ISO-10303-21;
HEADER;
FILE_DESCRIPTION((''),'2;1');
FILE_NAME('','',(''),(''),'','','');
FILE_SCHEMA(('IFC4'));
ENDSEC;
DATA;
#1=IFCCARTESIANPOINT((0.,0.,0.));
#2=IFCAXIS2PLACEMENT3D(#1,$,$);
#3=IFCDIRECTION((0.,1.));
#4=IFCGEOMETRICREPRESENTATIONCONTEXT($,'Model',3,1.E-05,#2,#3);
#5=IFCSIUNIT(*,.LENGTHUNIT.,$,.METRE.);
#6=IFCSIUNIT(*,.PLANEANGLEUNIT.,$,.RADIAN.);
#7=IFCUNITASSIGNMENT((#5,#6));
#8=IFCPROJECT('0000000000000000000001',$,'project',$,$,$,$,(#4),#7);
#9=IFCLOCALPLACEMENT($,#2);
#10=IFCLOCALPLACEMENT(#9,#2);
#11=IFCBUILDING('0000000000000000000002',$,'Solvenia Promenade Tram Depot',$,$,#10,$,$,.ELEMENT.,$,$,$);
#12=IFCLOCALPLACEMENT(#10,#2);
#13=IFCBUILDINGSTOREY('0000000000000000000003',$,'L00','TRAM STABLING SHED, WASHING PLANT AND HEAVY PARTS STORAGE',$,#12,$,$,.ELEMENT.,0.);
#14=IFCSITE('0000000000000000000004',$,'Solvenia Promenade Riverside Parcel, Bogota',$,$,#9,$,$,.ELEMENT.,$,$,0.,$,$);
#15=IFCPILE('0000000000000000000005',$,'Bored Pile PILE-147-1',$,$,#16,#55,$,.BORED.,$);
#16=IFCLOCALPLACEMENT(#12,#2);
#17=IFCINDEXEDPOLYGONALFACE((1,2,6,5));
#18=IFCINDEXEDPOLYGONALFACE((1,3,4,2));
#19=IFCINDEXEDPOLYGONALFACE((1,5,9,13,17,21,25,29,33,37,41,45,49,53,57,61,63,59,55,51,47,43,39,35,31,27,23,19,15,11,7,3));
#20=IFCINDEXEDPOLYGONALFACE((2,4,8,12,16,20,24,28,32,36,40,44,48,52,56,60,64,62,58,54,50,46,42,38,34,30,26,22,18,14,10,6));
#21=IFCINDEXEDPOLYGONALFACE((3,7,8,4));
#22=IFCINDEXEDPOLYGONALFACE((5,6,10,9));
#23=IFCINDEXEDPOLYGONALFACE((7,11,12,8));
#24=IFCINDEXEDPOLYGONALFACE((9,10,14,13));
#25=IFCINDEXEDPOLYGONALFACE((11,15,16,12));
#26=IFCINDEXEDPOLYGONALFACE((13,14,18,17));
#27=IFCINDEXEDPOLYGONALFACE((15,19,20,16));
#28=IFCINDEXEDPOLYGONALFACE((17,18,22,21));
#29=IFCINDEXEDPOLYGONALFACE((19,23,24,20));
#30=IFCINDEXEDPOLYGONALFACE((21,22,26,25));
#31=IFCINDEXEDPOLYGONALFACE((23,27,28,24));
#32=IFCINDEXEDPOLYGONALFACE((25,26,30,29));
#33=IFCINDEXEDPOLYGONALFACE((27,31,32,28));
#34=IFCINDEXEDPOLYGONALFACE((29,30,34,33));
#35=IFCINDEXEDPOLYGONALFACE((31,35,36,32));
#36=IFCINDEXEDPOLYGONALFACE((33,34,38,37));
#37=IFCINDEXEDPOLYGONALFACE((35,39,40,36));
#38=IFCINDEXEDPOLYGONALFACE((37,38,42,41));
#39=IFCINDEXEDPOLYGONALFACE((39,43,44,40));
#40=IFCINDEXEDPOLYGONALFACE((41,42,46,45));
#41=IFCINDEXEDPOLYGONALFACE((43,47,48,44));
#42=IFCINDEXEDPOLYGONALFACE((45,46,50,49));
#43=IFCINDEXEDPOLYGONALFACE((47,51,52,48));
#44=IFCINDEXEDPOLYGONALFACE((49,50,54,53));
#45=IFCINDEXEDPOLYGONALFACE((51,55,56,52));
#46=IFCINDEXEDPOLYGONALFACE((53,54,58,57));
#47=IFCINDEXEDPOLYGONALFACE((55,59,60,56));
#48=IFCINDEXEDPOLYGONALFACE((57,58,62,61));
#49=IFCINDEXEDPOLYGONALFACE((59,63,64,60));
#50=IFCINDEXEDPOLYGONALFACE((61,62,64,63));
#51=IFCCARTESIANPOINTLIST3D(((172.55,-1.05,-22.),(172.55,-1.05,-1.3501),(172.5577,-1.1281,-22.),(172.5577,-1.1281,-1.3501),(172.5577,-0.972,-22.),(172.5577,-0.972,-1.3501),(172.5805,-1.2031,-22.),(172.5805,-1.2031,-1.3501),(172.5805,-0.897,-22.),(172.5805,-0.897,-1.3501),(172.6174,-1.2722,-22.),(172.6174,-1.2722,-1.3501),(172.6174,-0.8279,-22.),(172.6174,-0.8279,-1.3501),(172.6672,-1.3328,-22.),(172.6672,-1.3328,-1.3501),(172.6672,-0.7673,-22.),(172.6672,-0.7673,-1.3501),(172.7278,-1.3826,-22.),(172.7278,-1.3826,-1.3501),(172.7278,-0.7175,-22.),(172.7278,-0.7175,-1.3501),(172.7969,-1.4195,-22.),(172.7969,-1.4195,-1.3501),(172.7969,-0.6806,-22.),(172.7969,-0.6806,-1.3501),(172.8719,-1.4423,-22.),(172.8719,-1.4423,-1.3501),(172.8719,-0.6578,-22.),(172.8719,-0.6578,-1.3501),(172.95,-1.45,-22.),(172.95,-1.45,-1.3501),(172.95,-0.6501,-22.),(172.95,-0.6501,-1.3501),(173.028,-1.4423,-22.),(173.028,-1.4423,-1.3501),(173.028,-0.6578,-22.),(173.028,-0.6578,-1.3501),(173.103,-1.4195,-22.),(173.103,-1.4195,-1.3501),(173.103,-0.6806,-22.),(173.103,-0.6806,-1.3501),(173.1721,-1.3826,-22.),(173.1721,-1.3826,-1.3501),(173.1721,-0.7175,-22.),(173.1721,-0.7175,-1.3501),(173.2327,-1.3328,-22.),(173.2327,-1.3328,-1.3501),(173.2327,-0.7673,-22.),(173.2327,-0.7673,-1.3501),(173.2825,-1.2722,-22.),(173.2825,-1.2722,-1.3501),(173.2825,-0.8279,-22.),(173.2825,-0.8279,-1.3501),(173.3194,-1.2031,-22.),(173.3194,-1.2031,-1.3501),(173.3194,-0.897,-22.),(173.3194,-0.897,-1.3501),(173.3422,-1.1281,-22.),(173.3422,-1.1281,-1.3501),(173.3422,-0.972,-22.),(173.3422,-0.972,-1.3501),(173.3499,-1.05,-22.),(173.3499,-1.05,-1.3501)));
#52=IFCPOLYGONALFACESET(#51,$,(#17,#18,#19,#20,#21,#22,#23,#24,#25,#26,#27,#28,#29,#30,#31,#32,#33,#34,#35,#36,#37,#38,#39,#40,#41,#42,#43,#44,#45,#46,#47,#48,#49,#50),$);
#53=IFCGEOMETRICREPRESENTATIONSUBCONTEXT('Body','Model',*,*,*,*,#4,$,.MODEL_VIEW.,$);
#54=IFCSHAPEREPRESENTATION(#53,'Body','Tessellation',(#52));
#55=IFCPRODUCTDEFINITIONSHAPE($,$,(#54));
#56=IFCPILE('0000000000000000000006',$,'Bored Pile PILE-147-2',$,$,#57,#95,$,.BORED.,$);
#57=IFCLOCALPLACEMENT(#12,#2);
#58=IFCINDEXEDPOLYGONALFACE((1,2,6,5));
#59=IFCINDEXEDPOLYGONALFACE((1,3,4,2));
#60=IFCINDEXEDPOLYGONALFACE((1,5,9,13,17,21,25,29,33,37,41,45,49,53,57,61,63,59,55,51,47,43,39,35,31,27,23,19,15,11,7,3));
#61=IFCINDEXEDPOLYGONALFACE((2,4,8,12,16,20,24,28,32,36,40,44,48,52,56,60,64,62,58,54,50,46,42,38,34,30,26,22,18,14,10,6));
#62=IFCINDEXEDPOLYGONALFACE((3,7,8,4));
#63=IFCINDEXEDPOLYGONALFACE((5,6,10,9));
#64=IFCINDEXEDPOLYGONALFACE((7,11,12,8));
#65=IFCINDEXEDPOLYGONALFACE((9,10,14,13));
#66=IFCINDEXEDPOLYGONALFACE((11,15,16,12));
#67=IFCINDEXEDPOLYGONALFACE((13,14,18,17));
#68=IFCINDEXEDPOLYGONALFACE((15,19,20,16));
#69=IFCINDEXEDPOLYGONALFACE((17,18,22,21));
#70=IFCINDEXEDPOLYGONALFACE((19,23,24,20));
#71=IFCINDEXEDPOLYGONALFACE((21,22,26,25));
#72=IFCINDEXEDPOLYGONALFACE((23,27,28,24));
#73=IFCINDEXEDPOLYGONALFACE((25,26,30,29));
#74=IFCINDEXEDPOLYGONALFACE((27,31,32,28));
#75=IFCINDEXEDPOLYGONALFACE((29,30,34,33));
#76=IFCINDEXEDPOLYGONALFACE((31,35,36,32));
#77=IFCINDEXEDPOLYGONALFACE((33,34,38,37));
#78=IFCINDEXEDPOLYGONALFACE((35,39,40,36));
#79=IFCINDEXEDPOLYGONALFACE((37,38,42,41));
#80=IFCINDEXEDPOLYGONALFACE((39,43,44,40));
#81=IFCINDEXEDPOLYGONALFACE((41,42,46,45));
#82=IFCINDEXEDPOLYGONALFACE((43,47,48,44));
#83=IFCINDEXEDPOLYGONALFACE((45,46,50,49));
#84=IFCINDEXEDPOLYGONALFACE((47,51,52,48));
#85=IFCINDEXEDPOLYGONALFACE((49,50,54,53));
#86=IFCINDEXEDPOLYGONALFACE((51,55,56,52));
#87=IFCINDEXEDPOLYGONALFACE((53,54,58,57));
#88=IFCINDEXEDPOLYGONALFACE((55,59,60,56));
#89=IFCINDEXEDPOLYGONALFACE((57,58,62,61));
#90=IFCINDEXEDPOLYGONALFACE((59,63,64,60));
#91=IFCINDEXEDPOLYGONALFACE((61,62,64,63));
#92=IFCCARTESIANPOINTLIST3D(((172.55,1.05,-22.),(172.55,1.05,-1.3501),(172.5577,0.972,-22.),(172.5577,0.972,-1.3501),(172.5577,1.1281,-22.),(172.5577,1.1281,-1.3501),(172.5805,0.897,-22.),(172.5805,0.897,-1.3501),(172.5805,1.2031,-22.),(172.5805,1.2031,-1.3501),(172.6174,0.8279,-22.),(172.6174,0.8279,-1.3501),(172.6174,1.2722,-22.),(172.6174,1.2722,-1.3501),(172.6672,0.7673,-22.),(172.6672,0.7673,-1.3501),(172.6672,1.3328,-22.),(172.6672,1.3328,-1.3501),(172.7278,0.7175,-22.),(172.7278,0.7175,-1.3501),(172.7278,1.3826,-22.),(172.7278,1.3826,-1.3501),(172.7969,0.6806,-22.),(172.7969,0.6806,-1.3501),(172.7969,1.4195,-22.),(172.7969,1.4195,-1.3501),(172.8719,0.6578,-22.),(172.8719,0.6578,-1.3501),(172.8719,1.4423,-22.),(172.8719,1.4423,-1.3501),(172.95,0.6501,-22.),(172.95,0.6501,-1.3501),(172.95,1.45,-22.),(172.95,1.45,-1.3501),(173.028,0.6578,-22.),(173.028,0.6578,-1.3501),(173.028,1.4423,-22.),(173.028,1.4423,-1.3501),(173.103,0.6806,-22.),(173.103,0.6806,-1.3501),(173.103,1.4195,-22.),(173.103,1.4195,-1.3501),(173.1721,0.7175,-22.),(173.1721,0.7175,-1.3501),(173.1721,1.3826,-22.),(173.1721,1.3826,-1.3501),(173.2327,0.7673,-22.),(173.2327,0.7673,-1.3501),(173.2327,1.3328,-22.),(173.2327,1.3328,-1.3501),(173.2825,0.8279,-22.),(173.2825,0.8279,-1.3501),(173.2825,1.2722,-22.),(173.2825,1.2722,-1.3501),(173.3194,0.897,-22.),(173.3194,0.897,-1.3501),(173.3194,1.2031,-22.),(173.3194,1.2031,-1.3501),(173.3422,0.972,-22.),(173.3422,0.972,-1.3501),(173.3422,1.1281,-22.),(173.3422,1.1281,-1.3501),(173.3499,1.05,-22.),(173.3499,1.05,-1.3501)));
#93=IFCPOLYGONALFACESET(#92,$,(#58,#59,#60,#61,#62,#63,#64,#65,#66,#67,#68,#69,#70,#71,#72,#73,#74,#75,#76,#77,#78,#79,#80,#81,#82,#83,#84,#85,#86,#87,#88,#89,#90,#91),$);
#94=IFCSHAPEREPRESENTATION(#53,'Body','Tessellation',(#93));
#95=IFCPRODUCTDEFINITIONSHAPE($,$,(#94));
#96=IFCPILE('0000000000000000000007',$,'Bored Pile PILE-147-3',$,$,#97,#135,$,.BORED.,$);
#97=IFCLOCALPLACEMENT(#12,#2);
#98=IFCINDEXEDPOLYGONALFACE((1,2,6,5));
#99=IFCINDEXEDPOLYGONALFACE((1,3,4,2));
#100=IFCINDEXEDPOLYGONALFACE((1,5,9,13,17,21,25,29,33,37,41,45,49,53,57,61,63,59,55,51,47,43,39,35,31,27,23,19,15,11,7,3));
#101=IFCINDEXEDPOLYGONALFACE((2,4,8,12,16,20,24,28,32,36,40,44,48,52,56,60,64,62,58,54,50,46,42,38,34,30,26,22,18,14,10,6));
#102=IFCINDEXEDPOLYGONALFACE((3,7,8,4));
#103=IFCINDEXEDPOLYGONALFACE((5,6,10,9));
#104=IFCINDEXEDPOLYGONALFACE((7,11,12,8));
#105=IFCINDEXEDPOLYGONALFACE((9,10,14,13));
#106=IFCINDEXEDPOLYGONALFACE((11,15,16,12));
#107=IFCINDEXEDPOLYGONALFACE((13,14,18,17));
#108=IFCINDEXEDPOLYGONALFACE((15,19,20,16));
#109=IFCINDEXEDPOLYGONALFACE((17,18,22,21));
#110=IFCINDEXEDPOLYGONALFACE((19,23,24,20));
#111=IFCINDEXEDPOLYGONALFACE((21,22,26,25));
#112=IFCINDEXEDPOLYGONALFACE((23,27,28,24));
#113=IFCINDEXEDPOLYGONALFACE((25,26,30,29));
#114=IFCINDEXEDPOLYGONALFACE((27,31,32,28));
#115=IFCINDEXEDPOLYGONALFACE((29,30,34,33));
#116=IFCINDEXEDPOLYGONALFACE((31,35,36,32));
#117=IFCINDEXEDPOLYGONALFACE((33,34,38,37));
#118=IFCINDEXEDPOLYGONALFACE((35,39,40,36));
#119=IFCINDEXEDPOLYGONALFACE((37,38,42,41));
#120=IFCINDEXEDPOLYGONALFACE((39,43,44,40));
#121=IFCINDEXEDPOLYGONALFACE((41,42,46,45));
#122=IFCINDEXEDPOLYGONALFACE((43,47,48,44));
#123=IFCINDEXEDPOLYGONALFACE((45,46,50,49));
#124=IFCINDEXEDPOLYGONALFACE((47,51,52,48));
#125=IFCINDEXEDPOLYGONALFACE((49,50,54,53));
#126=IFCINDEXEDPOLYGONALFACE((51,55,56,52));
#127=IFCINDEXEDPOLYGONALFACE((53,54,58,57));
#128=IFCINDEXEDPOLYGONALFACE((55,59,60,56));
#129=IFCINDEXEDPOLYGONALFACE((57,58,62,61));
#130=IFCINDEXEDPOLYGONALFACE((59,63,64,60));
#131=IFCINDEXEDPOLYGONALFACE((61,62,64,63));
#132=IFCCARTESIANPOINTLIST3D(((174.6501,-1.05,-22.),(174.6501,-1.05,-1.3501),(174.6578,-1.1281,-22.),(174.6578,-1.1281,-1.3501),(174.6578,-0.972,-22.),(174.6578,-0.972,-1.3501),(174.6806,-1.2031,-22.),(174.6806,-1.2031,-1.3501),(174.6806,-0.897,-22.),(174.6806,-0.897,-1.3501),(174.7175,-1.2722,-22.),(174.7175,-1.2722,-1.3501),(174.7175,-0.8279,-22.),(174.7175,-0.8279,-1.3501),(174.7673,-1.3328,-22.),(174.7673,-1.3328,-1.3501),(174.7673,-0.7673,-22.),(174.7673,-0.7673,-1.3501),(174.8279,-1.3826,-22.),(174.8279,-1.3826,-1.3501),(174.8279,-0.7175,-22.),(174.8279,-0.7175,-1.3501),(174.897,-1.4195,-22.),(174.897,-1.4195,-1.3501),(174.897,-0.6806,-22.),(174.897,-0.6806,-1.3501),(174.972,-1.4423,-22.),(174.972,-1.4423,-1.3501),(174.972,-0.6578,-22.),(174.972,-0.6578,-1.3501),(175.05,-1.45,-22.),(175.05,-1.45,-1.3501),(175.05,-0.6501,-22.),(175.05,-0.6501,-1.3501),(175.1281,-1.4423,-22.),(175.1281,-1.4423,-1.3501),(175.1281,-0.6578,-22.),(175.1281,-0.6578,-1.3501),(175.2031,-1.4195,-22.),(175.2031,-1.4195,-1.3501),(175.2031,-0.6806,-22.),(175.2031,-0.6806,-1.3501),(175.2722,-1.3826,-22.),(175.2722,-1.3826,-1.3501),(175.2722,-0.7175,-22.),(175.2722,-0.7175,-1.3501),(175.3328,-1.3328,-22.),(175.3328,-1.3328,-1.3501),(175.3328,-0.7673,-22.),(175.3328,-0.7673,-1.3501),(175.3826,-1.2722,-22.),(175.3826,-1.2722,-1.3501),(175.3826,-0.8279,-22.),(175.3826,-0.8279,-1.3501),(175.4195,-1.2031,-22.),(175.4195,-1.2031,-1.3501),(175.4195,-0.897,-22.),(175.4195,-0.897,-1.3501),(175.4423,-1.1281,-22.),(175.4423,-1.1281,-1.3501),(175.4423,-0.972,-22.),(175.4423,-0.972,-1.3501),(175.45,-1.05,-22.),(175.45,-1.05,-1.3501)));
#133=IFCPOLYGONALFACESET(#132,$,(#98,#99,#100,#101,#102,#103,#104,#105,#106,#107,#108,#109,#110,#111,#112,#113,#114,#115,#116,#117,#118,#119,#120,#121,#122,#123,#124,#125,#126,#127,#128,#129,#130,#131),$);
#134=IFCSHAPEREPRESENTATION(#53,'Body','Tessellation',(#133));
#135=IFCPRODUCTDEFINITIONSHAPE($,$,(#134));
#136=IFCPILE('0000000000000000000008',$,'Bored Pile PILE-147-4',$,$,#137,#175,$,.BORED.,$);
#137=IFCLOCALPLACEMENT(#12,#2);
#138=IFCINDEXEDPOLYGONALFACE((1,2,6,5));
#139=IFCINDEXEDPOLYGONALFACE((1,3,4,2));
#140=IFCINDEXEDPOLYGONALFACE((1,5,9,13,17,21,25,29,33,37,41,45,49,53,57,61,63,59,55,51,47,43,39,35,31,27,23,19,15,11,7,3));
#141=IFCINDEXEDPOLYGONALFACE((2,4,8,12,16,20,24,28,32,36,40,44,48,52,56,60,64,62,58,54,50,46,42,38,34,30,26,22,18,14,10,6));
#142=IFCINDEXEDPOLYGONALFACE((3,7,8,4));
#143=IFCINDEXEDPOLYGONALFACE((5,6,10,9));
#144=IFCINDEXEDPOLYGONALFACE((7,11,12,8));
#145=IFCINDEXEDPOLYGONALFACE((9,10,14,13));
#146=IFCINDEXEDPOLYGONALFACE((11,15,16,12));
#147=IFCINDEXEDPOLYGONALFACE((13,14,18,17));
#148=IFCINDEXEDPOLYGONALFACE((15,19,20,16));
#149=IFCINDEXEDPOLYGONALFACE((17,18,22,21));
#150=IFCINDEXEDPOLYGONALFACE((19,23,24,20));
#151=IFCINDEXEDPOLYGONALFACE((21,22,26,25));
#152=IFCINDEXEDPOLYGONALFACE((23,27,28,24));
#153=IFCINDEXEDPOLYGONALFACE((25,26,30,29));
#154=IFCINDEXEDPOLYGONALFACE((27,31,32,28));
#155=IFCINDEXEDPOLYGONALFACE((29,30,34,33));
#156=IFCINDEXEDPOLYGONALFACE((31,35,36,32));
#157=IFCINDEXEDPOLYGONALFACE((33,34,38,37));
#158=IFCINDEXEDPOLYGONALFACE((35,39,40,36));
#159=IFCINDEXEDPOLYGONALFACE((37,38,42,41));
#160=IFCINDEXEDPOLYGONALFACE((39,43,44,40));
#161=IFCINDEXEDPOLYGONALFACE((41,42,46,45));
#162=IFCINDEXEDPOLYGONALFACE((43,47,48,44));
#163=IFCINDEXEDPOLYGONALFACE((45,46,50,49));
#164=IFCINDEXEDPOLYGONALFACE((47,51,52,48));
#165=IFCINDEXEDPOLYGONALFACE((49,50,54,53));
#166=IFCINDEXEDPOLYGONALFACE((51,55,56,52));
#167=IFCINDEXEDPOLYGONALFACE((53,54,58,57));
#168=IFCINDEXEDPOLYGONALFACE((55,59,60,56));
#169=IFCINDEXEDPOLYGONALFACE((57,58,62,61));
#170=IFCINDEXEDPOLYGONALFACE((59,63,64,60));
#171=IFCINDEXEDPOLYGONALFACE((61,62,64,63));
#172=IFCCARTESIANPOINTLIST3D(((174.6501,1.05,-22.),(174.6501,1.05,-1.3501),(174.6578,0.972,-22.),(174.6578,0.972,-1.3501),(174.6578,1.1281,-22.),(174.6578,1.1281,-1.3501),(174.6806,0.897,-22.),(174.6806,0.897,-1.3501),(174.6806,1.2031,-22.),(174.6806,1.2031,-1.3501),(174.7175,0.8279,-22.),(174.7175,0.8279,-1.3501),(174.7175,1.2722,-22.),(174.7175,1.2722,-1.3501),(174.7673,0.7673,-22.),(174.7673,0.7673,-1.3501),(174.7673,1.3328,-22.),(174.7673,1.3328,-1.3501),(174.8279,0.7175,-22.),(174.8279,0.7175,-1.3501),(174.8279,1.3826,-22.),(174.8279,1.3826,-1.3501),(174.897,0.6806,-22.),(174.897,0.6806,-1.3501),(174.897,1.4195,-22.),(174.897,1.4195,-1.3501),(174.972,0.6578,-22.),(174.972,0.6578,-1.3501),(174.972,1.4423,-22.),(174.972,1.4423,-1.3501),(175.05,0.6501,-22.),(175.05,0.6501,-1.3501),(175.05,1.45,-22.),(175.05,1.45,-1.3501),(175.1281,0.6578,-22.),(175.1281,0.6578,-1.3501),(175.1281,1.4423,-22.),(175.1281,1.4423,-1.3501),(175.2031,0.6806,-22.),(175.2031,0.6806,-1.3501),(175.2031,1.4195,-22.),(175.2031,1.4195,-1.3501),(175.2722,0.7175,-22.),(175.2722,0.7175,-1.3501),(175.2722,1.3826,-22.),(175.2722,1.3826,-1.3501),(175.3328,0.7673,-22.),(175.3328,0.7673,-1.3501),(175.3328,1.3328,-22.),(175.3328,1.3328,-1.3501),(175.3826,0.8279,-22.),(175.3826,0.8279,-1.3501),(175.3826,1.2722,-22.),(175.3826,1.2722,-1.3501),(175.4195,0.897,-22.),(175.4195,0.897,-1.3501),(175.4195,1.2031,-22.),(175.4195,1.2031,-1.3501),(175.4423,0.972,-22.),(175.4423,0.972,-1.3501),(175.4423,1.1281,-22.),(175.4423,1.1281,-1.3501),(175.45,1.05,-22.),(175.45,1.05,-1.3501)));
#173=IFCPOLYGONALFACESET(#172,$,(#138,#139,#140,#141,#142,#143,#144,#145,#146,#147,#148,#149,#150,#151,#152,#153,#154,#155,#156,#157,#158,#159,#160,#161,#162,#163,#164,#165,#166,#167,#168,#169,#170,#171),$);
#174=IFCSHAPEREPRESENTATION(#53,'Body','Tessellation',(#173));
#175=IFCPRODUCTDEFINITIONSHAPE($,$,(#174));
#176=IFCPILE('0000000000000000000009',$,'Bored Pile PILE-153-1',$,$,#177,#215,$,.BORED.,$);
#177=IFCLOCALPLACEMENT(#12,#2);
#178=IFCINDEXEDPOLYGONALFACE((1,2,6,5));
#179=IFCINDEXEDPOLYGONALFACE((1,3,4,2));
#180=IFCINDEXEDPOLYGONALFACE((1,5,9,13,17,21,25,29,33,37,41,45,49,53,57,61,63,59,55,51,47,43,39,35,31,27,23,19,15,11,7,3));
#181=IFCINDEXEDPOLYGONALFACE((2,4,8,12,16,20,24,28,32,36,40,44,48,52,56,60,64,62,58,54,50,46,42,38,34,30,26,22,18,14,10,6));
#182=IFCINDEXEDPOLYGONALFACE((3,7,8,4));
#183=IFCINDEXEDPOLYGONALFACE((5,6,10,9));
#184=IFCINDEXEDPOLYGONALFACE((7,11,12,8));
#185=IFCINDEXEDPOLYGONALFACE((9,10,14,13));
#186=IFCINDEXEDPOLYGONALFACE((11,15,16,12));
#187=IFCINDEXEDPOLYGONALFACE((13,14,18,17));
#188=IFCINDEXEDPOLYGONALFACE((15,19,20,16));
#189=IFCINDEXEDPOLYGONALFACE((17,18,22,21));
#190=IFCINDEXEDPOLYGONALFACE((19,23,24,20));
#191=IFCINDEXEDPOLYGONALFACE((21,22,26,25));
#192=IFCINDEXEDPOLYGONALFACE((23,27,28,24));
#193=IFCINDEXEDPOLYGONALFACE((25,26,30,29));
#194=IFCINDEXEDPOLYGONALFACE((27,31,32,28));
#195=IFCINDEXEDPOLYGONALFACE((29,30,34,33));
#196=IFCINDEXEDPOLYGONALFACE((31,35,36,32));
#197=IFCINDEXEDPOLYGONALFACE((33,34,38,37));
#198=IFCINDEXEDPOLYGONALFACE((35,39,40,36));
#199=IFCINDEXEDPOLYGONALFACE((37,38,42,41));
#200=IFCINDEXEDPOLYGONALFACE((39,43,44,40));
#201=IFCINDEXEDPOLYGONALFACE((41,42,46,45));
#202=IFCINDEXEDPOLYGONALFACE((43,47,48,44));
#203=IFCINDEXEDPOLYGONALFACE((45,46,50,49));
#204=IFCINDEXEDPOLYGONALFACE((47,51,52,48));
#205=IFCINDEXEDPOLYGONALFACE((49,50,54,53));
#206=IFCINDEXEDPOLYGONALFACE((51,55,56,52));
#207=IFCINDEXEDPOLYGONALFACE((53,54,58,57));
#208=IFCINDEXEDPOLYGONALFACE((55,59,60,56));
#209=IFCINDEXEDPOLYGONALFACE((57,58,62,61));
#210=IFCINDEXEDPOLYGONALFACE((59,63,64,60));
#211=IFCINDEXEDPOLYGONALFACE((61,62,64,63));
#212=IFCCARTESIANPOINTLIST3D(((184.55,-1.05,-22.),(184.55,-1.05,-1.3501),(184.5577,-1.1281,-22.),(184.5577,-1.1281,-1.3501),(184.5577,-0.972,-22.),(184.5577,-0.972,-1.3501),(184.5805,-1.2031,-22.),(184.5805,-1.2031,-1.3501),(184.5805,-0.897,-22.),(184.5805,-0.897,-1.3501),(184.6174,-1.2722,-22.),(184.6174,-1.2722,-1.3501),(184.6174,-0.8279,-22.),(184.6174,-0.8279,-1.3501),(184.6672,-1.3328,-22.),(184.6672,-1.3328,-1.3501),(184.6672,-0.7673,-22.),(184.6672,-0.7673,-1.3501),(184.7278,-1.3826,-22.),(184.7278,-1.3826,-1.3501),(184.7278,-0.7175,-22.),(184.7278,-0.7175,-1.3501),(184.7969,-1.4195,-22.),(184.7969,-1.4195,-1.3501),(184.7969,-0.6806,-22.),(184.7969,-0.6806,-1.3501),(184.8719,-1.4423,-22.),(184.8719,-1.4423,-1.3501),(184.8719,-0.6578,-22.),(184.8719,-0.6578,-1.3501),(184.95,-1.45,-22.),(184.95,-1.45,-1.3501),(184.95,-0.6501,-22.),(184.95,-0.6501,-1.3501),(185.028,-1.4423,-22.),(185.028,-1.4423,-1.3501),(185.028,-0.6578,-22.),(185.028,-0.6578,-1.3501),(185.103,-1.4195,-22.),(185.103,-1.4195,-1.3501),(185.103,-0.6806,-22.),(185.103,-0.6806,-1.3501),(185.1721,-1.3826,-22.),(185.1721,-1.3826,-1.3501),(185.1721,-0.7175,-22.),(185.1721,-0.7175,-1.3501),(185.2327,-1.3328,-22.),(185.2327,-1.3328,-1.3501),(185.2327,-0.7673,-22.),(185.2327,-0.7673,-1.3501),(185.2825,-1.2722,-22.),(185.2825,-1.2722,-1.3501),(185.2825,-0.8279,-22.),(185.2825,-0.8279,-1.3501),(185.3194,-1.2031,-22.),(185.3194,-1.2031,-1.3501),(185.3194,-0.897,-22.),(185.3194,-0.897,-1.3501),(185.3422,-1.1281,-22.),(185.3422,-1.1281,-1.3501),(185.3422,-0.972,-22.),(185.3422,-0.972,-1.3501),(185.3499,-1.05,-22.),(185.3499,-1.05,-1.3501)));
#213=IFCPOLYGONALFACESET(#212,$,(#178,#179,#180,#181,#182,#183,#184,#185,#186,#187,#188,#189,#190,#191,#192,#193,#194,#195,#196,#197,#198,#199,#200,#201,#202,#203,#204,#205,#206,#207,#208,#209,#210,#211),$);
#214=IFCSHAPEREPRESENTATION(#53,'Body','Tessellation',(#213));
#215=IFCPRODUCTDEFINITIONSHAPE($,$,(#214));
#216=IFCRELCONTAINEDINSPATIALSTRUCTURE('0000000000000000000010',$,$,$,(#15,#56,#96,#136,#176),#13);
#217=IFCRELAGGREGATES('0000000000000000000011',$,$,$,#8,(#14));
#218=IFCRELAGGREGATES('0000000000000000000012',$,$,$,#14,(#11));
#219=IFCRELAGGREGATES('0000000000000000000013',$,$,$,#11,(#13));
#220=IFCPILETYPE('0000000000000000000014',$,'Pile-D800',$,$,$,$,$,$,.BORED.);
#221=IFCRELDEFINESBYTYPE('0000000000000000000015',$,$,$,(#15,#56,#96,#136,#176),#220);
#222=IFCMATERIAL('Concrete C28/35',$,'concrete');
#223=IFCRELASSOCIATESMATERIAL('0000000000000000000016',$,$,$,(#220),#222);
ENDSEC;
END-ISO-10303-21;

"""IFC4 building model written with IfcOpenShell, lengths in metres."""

from ifc_helpers import new_model, si_unit, direction, frame, origin, origin_2d, place, context, subcontext, project, spatial, circle, extrude, material, material_profile, profile_set, type_object, element, save


model = new_model("IFC4")

# Units and contexts
model_context = context("Model", 3, precision=1e-05, world=origin(), true_north=direction((0.0, 1.0)))
body_context = subcontext(model_context, "Body", "Model", "MODEL_VIEW")
ifc_project = project(units=[si_unit("LENGTHUNIT", "METRE"), si_unit("PLANEANGLEUNIT", "RADIAN")], contexts=[model_context])

# Site, building, storey
site_placement = place(None, origin())
site = spatial("IfcSite", under=ifc_project, at=site_placement, Name="Solvenia Promenade Riverside Parcel, Bogota", CompositionType="ELEMENT", RefElevation=0.0)
building_placement = place(site_placement, origin())
building = spatial("IfcBuilding", under=site, at=building_placement, Name="Solvenia Promenade Tram Depot", CompositionType="ELEMENT")
storey_placement = place(building_placement, origin())
storey = spatial("IfcBuildingStorey", under=building, at=storey_placement, Name="L00", Description="TRAM STABLING SHED, WASHING PLANT AND HEAVY PARTS STORAGE", CompositionType="ELEMENT", Elevation=0.0)

# Shared definitions
ifc_material_1 = material(Name="Concrete C28/35", Category="concrete")

# Piles
ifc_material_profile_1 = material_profile(ifc_material_1, circle(Radius=0.3999, at=origin_2d()), Name="D800", Category="concrete")
ifc_profile_set_1 = profile_set([ifc_material_profile_1], Name="Concrete C28/35")
pile_type_1 = type_object("IfcPileType", Name="Pile-D800", PredefinedType="BORED", material=ifc_profile_set_1)
for number, where, z_axis, x_axis, name in (
    (1, (172.95, -1.05, -1.3501), (0.0, 0.0, -1.0), (1.0, 0.0, 0.0), "Bored Pile PILE-147-1"),
    (2, (172.95, 1.05, -1.3501), (0.0, 0.0, -1.0), (1.0, 0.0, 0.0), "Bored Pile PILE-147-2"),
    (3, (175.05, -1.05, -1.3501), (0.0, 0.0, -1.0), (1.0, 0.0, 0.0), "Bored Pile PILE-147-3"),
    (4, (175.05, 1.05, -1.3501), (0.0, 0.0, -1.0), (1.0, 0.0, 0.0), "Bored Pile PILE-147-4"),
    (5, (184.95, -1.05, -1.3501), (0.0, 0.0, -1.0), (1.0, 0.0, 0.0), "Bored Pile PILE-153-1"),
):
    element("IfcPile", number, at=place(storey_placement, frame(where, z_axis=z_axis, x_axis=x_axis)), inside=storey, type_object=pile_type_1, Name=name, PredefinedType="BORED", context=body_context, shape_type="SweptSolid", body=[
        extrude(circle(Radius=0.3999, at=origin_2d()), origin(), (0.0, 0.0, 1.0), 20.6499),
    ])

save(model, "model.ifc")
